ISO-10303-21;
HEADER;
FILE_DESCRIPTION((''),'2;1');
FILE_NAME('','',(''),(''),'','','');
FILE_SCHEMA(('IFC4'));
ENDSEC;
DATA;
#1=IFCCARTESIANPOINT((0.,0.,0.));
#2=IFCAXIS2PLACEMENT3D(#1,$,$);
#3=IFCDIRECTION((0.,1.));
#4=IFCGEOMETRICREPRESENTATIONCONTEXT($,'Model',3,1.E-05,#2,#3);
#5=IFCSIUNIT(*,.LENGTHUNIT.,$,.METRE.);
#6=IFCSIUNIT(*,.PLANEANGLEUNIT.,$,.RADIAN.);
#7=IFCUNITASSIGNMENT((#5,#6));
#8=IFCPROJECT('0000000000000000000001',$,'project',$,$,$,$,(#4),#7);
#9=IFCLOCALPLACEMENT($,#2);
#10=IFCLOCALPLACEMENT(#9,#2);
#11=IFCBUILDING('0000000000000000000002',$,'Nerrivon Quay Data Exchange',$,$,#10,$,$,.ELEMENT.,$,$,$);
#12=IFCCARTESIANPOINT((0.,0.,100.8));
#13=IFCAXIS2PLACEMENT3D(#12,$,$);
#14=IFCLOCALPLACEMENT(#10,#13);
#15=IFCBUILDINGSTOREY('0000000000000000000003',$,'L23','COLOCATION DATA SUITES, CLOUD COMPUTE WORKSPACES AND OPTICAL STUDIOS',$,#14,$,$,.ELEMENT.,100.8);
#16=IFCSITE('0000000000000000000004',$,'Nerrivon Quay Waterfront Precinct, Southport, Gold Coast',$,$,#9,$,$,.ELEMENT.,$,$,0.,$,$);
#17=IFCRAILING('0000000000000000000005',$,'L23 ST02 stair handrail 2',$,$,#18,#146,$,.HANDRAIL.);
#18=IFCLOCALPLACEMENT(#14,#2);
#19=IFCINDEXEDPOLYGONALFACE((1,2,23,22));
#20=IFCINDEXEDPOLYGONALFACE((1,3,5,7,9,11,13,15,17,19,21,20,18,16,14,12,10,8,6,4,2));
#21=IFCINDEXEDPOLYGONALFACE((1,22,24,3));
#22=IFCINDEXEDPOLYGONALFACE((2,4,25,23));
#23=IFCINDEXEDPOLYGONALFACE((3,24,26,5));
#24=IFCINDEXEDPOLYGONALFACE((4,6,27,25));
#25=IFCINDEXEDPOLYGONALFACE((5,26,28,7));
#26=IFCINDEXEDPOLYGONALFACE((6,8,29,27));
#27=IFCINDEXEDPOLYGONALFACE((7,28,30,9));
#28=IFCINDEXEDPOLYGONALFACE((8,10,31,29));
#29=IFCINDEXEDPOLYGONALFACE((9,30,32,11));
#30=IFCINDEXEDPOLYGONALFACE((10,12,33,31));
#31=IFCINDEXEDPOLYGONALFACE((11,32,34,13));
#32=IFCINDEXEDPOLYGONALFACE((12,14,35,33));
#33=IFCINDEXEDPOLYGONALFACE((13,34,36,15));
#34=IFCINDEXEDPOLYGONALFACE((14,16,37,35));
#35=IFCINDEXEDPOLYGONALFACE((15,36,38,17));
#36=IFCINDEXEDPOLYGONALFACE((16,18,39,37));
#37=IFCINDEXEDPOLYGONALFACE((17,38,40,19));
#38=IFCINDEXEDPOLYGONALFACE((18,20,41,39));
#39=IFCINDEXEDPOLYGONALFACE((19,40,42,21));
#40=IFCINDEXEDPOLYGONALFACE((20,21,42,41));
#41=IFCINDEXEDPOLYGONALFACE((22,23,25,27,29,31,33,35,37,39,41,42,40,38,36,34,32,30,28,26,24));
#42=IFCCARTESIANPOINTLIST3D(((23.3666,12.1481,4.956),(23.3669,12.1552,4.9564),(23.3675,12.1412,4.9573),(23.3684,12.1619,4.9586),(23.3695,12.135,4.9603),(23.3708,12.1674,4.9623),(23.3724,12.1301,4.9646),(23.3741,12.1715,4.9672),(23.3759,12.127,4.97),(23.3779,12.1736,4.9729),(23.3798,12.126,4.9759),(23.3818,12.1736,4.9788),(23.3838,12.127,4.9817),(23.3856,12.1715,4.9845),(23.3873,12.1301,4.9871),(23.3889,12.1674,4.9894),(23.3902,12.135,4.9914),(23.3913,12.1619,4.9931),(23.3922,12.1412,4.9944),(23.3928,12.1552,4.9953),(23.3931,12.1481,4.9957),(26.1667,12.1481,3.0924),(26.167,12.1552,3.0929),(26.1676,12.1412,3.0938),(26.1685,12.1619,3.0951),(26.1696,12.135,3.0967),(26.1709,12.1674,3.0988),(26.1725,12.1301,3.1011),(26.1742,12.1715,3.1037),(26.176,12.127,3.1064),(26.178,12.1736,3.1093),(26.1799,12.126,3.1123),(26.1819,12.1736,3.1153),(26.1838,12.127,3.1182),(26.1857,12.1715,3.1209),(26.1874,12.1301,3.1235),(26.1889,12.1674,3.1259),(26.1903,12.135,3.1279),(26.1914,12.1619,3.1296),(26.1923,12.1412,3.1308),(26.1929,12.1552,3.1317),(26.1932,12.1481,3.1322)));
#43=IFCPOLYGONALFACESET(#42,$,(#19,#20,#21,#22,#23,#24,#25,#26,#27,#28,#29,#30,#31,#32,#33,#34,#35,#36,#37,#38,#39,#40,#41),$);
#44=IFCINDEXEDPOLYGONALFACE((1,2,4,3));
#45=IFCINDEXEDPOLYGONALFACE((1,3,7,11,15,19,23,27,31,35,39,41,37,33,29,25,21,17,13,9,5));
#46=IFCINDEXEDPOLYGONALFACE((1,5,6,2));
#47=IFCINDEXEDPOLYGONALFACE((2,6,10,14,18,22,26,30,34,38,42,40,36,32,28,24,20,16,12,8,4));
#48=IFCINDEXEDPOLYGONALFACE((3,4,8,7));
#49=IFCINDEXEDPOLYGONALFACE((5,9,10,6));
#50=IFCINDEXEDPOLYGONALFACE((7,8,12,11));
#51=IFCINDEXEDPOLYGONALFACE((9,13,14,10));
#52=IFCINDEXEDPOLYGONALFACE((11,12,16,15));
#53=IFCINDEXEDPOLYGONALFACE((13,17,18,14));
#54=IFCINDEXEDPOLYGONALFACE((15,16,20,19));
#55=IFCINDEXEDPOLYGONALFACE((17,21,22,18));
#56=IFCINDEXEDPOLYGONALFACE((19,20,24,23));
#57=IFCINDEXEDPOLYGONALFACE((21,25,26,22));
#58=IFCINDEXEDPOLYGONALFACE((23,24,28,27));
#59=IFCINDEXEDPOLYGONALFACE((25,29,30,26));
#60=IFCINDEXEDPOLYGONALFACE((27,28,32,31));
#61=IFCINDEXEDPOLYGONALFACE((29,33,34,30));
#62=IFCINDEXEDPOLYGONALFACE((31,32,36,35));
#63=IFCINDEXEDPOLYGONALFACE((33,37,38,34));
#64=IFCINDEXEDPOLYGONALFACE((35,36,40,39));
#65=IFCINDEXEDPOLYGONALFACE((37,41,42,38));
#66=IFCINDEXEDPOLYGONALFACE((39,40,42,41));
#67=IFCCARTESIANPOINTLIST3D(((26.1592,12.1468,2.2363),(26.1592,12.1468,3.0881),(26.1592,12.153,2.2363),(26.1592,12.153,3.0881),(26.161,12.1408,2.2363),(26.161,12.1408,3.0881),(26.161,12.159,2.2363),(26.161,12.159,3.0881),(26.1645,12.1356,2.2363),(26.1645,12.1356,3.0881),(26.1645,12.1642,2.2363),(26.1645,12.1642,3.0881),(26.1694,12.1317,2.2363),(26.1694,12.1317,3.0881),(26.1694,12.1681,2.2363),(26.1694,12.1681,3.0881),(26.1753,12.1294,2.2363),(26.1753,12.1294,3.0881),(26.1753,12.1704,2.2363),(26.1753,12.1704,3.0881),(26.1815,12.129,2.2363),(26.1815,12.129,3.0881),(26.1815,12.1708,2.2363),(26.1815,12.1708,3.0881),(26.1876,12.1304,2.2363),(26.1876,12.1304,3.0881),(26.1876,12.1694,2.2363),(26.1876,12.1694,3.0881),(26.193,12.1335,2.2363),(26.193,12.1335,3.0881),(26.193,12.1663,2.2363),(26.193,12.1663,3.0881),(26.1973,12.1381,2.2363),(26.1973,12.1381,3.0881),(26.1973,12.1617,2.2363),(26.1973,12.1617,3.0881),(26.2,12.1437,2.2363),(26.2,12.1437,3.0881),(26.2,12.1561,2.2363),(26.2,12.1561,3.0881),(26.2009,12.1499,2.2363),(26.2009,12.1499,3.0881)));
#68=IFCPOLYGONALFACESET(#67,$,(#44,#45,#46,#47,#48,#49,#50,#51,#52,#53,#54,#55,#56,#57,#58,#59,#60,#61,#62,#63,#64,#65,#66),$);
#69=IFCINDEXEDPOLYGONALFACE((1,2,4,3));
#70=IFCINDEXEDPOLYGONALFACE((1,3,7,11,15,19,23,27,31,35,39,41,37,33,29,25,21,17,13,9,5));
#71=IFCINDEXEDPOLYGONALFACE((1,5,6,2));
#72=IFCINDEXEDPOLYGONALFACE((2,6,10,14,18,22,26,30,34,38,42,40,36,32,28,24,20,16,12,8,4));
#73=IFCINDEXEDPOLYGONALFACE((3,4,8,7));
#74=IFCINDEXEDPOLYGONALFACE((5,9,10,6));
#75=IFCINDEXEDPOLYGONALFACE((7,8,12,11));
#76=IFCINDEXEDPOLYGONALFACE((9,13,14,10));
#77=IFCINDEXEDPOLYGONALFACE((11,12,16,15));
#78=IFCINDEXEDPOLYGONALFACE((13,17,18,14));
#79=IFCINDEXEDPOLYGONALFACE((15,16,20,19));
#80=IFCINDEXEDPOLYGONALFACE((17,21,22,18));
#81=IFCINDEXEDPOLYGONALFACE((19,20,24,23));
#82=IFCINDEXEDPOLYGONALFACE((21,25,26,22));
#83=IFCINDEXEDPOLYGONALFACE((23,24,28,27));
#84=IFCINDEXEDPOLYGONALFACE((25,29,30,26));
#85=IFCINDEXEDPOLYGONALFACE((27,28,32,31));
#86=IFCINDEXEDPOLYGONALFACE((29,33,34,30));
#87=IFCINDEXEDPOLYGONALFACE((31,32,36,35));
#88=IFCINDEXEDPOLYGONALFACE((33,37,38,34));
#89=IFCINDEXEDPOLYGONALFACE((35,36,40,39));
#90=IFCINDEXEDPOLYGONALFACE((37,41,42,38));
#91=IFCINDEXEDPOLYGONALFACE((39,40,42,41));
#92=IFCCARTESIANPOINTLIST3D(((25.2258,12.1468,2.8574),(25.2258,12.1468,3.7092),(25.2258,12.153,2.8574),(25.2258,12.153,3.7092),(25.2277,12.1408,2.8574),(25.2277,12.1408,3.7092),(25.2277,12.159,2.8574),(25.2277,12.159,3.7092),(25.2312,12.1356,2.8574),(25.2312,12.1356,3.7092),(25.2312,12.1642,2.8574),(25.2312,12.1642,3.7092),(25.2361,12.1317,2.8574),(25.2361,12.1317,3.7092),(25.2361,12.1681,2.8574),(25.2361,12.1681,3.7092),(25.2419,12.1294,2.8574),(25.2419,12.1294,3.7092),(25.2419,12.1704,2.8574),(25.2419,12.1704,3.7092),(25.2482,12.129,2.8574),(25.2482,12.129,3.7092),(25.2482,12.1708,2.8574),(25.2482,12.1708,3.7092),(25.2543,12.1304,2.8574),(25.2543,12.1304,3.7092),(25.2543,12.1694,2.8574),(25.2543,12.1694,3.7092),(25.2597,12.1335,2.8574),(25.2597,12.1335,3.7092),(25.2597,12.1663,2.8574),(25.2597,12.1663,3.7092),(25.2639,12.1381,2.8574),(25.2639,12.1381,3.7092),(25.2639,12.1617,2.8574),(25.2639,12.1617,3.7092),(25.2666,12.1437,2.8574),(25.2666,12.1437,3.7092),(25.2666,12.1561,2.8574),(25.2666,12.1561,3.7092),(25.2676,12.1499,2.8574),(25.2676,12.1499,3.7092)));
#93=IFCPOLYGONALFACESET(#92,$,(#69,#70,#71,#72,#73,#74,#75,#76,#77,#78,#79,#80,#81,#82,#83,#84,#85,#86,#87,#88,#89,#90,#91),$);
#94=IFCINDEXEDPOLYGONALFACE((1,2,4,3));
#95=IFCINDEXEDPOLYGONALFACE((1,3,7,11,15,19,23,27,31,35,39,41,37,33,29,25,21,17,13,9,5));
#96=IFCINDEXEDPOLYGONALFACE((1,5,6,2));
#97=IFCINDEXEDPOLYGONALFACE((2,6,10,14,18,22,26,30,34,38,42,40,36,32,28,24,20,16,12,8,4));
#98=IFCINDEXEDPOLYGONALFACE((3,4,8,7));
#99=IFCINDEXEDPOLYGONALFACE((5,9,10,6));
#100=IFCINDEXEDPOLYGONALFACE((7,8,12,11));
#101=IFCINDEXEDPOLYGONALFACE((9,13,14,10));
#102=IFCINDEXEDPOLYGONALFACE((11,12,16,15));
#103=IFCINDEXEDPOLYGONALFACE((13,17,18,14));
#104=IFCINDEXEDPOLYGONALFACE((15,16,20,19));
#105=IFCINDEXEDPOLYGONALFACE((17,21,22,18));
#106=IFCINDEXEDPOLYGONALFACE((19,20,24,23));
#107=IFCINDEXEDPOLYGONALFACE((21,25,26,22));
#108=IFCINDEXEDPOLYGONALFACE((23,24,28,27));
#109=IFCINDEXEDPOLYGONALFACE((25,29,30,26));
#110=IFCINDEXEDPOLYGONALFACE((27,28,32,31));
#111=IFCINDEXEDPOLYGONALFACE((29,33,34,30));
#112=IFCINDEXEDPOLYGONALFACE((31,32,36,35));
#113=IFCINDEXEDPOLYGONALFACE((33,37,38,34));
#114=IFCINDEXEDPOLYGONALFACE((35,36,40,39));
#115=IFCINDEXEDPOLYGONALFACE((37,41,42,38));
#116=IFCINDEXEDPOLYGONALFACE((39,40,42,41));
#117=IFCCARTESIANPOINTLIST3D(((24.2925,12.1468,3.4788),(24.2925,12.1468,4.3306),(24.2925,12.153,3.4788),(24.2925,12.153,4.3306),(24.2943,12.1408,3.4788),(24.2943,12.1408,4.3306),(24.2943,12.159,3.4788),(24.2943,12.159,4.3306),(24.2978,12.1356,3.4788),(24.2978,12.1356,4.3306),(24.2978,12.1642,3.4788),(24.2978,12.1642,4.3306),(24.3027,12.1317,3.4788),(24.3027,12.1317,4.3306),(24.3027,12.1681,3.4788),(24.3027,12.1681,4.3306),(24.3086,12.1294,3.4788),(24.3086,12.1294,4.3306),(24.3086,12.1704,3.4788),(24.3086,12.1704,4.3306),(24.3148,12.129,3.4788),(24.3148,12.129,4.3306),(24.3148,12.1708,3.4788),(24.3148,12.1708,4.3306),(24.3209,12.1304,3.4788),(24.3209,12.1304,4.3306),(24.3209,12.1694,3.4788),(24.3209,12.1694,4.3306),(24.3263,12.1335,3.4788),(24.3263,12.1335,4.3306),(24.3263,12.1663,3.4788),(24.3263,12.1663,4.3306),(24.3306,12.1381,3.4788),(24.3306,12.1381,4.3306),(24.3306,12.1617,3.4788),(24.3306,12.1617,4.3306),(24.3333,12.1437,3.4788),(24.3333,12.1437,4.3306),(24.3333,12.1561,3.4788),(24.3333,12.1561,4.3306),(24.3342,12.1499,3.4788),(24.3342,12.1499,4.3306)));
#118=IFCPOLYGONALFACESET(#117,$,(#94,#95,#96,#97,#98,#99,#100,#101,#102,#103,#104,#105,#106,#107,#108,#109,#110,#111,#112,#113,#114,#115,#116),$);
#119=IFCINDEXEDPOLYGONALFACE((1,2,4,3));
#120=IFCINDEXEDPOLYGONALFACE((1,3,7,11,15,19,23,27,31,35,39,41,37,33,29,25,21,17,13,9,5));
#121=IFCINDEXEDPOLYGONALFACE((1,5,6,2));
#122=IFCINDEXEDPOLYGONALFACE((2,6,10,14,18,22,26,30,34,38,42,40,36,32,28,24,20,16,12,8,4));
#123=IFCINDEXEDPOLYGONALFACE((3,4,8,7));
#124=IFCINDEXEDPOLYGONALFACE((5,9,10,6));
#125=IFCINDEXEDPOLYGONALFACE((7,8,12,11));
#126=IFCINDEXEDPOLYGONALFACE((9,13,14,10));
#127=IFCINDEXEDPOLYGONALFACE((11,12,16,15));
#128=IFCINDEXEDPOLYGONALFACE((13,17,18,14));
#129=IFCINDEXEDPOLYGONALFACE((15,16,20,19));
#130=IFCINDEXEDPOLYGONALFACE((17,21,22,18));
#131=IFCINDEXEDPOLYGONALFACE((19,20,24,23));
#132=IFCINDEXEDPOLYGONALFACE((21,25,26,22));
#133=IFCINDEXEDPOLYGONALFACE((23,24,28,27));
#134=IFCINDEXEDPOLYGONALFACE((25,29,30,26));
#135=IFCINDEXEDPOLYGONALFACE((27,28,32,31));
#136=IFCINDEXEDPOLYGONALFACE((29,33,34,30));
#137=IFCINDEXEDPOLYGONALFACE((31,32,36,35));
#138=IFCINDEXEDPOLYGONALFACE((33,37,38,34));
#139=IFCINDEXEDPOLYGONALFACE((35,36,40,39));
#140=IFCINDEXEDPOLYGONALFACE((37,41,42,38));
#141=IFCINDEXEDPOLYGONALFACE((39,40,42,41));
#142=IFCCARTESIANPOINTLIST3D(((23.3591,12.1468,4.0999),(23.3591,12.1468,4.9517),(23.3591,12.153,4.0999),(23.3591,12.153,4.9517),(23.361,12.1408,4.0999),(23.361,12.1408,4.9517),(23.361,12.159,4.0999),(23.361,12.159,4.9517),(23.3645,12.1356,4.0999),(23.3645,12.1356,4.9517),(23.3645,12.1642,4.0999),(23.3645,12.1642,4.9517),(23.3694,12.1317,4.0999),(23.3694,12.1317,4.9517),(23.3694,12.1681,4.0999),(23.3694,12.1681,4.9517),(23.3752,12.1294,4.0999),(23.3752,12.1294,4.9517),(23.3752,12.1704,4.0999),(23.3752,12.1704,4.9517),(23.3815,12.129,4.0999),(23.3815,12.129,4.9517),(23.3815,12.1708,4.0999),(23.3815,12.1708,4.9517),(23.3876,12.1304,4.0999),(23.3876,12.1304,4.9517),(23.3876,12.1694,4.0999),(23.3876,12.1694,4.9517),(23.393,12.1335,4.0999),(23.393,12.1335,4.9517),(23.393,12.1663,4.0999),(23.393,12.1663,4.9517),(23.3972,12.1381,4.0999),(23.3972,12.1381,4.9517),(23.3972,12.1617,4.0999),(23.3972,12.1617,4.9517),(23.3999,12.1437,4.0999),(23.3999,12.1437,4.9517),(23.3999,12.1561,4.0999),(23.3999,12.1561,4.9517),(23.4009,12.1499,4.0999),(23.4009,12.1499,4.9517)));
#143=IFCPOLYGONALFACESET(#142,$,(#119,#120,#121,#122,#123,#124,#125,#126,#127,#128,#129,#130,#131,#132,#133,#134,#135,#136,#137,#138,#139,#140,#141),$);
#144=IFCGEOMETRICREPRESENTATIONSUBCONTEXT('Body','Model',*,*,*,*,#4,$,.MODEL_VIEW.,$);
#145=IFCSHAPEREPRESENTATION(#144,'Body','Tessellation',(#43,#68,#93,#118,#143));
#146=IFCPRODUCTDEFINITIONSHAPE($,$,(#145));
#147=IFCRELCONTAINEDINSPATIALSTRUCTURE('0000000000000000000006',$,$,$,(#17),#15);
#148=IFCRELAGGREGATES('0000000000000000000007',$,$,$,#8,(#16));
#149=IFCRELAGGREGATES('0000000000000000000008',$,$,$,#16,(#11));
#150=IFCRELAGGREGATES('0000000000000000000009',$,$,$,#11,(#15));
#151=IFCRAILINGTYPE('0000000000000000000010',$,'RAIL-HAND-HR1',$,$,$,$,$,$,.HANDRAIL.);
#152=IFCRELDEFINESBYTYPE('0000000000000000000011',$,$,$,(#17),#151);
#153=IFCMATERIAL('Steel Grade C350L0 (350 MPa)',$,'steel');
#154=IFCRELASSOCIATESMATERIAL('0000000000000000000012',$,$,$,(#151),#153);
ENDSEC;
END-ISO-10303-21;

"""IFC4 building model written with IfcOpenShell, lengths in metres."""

from ifc_helpers import new_model, si_unit, direction, frame, origin, origin_2d, place, context, subcontext, project, spatial, circle, extrude, material, type_object, element, save


model = new_model("IFC4")

# Units and contexts
model_context = context("Model", 3, precision=1e-05, world=origin(), true_north=direction((0.0, 1.0)))
body_context = subcontext(model_context, "Body", "Model", "MODEL_VIEW")
ifc_project = project(units=[si_unit("LENGTHUNIT", "METRE"), si_unit("PLANEANGLEUNIT", "RADIAN")], contexts=[model_context])

# Site, building, storey
site_placement = place(None, origin())
site = spatial("IfcSite", under=ifc_project, at=site_placement, Name="Nerrivon Quay Waterfront Precinct, Southport, Gold Coast", CompositionType="ELEMENT", RefElevation=0.0)
building_placement = place(site_placement, origin())
building = spatial("IfcBuilding", under=site, at=building_placement, Name="Nerrivon Quay Data Exchange", CompositionType="ELEMENT")
storey_placement = place(building_placement, frame((0.0, 0.0, 100.8)))
storey = spatial("IfcBuildingStorey", under=building, at=storey_placement, Name="L23", Description="COLOCATION DATA SUITES, CLOUD COMPUTE WORKSPACES AND OPTICAL STUDIOS", CompositionType="ELEMENT", Elevation=100.8)

# Railing
ifc_material_1 = material(Name="Steel Grade C350L0 (350 MPa)", Category="steel")
railing_type_1 = type_object("IfcRailingType", Name="RAIL-HAND-HR1", PredefinedType="HANDRAIL", material=ifc_material_1)
railing_1_placement = place(storey_placement, frame((26.1799, 12.1499, 2.2363)))
element("IfcRailing", 1, at=railing_1_placement, inside=storey, type_object=railing_type_1, Name="L23 ST02 stair handrail 2", PredefinedType="HANDRAIL", context=body_context, shape_type="SweptSolid", body=[
    extrude(circle(Radius=0.0239, at=origin_2d()), frame((0.0, 0.0, 0.876), z_axis=(-0.832486, 0.0, 0.554047), x_axis=(0.0, -1.0, 0.0)), (0.0, 0.0, 1.0), 3.3635),
    extrude(circle(Radius=0.021, at=origin_2d()), origin(), (0.0, 0.0, 1.0), 0.8518),
    extrude(circle(Radius=0.021, at=origin_2d()), frame((-0.9333, 0.0, 0.6211)), (0.0, 0.0, 1.0), 0.8518),
    extrude(circle(Radius=0.021, at=origin_2d()), frame((-1.8667, 0.0, 1.2424)), (0.0, 0.0, 1.0), 0.8518),
    extrude(circle(Radius=0.021, at=origin_2d()), frame((-2.8, 0.0, 1.8635)), (0.0, 0.0, 1.0), 0.8518),
])

save(model, "model.ifc")
